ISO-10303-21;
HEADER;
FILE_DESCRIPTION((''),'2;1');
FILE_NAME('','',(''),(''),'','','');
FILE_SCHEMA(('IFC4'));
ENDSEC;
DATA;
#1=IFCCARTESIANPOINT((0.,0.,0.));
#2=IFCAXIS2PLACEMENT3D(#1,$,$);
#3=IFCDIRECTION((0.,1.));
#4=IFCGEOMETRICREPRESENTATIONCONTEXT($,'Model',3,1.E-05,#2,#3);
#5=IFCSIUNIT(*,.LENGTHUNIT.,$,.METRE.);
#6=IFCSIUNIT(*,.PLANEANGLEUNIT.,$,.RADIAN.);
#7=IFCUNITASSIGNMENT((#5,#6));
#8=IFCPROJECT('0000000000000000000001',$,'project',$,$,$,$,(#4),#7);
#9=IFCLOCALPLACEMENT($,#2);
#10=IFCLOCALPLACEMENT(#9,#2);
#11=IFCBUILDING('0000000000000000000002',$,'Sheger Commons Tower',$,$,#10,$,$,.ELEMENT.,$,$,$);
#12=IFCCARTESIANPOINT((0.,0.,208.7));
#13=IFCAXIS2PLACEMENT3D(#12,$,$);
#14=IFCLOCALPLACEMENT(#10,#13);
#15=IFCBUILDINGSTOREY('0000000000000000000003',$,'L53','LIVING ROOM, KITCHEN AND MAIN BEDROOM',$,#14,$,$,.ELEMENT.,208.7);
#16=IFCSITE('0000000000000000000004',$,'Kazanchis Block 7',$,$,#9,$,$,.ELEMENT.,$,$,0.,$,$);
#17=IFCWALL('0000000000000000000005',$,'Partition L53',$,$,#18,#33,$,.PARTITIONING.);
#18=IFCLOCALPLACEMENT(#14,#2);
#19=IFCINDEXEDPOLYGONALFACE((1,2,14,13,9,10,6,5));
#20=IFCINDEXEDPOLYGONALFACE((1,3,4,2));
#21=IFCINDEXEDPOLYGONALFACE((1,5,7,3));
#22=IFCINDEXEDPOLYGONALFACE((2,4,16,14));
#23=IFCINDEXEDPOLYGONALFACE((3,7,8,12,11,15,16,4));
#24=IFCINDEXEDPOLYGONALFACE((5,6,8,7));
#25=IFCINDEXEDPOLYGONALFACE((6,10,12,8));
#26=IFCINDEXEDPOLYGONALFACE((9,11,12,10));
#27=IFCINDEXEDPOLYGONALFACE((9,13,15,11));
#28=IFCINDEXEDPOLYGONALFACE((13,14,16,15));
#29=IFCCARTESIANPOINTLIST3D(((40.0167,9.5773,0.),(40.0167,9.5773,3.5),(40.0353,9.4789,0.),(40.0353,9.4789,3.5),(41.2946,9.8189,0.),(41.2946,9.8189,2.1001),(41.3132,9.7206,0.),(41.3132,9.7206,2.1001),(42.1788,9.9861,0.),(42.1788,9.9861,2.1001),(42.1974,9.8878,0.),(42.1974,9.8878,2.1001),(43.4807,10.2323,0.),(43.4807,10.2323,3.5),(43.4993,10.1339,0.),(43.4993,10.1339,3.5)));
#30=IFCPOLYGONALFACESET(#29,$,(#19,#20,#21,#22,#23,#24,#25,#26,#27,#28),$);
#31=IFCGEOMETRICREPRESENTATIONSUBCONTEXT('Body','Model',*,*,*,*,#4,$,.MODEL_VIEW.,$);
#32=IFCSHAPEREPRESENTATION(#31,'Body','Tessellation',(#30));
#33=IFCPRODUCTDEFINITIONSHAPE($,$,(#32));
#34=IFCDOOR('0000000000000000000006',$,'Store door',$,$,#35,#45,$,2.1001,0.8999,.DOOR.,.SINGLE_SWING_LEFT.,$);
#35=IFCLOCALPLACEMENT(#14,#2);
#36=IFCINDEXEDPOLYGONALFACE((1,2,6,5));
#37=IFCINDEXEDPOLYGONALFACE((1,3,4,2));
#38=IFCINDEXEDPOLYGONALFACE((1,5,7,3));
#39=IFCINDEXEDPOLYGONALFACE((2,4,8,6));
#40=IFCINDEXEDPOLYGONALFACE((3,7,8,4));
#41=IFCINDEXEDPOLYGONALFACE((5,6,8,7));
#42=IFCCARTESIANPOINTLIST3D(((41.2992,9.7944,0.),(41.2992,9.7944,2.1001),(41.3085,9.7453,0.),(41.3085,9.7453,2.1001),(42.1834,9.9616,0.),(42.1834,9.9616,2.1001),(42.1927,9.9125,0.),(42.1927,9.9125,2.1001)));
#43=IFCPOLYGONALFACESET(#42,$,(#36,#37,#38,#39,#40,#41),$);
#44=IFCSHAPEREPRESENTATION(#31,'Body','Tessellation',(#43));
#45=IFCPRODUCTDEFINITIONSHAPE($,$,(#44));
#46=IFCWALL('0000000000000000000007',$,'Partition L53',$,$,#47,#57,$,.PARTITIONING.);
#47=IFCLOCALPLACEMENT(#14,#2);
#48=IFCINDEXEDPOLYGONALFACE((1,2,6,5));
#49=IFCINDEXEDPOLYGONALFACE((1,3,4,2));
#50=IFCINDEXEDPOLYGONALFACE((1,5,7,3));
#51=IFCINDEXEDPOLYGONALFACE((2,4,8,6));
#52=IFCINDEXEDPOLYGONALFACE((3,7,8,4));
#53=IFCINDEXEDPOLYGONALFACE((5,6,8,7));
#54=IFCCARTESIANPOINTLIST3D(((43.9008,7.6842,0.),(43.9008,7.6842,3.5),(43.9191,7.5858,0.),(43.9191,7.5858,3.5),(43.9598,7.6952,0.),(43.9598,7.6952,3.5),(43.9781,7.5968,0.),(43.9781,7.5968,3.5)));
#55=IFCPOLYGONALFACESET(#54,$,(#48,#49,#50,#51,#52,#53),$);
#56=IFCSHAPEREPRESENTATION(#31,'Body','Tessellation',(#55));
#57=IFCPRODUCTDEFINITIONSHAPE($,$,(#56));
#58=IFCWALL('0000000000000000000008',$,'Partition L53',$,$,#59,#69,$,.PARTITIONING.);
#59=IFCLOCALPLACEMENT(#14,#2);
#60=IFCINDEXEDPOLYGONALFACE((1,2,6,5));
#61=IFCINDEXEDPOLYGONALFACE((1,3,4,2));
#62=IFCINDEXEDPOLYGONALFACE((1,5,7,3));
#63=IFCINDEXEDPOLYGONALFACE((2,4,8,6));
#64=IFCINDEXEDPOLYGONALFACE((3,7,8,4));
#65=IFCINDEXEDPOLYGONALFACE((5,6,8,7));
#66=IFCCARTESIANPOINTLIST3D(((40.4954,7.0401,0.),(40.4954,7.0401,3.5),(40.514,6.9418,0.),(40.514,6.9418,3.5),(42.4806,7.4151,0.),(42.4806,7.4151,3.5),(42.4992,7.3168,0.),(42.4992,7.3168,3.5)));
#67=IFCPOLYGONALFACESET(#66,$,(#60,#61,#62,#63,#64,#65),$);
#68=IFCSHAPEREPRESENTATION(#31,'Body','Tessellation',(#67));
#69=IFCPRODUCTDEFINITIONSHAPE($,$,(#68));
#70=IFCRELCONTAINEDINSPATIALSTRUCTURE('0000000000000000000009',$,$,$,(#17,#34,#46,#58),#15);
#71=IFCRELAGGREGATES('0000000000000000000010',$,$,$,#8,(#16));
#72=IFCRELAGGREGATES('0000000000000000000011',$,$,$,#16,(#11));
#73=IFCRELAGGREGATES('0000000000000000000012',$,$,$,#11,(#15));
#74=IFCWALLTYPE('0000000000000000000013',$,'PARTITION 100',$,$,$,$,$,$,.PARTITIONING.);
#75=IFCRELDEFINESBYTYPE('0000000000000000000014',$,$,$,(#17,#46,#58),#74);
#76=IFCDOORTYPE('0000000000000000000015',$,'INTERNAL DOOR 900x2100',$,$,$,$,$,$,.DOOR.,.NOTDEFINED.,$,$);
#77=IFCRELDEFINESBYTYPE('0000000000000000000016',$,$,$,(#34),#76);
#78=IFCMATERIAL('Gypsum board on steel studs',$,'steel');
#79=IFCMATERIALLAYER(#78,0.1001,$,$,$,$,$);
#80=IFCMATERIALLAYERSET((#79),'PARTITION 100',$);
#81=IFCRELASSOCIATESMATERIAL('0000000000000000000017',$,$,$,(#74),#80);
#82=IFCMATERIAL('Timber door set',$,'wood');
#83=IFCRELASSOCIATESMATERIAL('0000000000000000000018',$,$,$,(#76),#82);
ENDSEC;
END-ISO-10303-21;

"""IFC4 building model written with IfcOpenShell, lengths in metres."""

from ifc_helpers import new_model, si_unit, direction, frame, frame_2d, origin, place, context, subcontext, project, spatial, rectangle, extrude, material, layer, layer_set, type_object, element, fill, save


model = new_model("IFC4")

# Units and contexts
model_context = context("Model", 3, precision=1e-05, world=origin(), true_north=direction((0.0, 1.0)))
body_context = subcontext(model_context, "Body", "Model", "MODEL_VIEW")
ifc_project = project(units=[si_unit("LENGTHUNIT", "METRE"), si_unit("PLANEANGLEUNIT", "RADIAN")], contexts=[model_context])

# Site, building, storey
site_placement = place(None, origin())
site = spatial("IfcSite", under=ifc_project, at=site_placement, Name="Kazanchis Block 7", CompositionType="ELEMENT", RefElevation=0.0)
building_placement = place(site_placement, origin())
building = spatial("IfcBuilding", under=site, at=building_placement, Name="Sheger Commons Tower", CompositionType="ELEMENT")
storey_placement = place(building_placement, frame((0.0, 0.0, 208.7)))
storey = spatial("IfcBuildingStorey", under=building, at=storey_placement, Name="L53", Description="LIVING ROOM, KITCHEN AND MAIN BEDROOM", CompositionType="ELEMENT", Elevation=208.7)

# Shared definitions
ifc_material_1 = material(Name="Gypsum board on steel studs", Category="steel")
ifc_layer_1 = layer(ifc_material_1, 0.1001)
ifc_layer_set_1 = layer_set([ifc_layer_1], Name="PARTITION 100")
wall_type_1 = type_object("IfcWallType", Name="PARTITION 100", PredefinedType="PARTITIONING", material=ifc_layer_set_1)

# Shared definitions
ifc_material_2 = material(Name="Timber door set", Category="wood")
door_type_1 = type_object("IfcDoorType", Name="INTERNAL DOOR 900x2100", OperationType="NOTDEFINED", PredefinedType="DOOR", material=ifc_material_2)

# Wall, opening, door
wall_1_placement = place(storey_placement, frame((43.49, 10.1831, 0.0), z_axis=(0.0, 0.0, 1.0), x_axis=(-0.982588, -0.185798, 0.0)))
wall_1 = element("IfcWall", 1, at=wall_1_placement, inside=storey, type_object=wall_type_1, Name="Partition L53", PredefinedType="PARTITIONING", context=body_context, shape_type="SweptSolid", body=[
    extrude(rectangle(XDim=3.5254, YDim=0.1001, at=frame_2d((1.7627, 0.0))), origin(), (0.0, 0.0, 1.0), 3.5),
])
opening_1_placement = place(wall_1_placement, frame((1.325, 0.0, 0.0)))
opening_1 = element("IfcOpeningElement", 2, at=opening_1_placement, cuts=wall_1, PredefinedType="OPENING", context=body_context, shape_type="SweptSolid", body=[
    extrude(rectangle(XDim=0.8999, YDim=2.1001, at=frame_2d((0.45, 1.05))), frame((0.0, 0.0601, 0.0), z_axis=(0.0, -1.0, 0.0), x_axis=(1.0, 0.0, 0.0)), (0.0, 0.0, 1.0), 0.1201),
])
door_1_placement = place(opening_1_placement, origin())
door_1 = element("IfcDoor", 3, at=door_1_placement, inside=storey, type_object=door_type_1, Name="Store door", OperationType="SINGLE_SWING_LEFT", OverallHeight=2.1001, OverallWidth=0.8999, PredefinedType="DOOR", context=body_context, shape_type="SweptSolid", body=[
    extrude(rectangle(XDim=0.8999, YDim=2.1001, at=frame_2d((0.45, 1.05))), frame((0.0, 0.0249, 0.0), z_axis=(0.0, -1.0, 0.0), x_axis=(1.0, 0.0, 0.0)), (0.0, 0.0, 1.0), 0.05),
])
fill(opening_1, door_1)

# Walls
wall_2_placement = place(storey_placement, frame((43.969, 7.646, 0.0), z_axis=(0.0, 0.0, 1.0), x_axis=(-0.983147, -0.182817, 0.0)))
element("IfcWall", 4, at=wall_2_placement, inside=storey, type_object=wall_type_1, Name="Partition L53", PredefinedType="PARTITIONING", context=body_context, shape_type="SweptSolid", body=[
    extrude(rectangle(XDim=0.0601, YDim=0.1001, at=frame_2d((0.03, 0.0))), origin(), (0.0, 0.0, 1.0), 3.5),
])
wall_3_placement = place(storey_placement, frame((42.49, 7.366, 0.0), z_axis=(0.0, 0.0, 1.0), x_axis=(-0.982621, -0.185624, 0.0)))
element("IfcWall", 5, at=wall_3_placement, inside=storey, type_object=wall_type_1, Name="Partition L53", PredefinedType="PARTITIONING", context=body_context, shape_type="SweptSolid", body=[
    extrude(rectangle(XDim=2.0203, YDim=0.1001, at=frame_2d((1.0103, 0.0))), origin(), (0.0, 0.0, 1.0), 3.5),
])

save(model, "model.ifc")
